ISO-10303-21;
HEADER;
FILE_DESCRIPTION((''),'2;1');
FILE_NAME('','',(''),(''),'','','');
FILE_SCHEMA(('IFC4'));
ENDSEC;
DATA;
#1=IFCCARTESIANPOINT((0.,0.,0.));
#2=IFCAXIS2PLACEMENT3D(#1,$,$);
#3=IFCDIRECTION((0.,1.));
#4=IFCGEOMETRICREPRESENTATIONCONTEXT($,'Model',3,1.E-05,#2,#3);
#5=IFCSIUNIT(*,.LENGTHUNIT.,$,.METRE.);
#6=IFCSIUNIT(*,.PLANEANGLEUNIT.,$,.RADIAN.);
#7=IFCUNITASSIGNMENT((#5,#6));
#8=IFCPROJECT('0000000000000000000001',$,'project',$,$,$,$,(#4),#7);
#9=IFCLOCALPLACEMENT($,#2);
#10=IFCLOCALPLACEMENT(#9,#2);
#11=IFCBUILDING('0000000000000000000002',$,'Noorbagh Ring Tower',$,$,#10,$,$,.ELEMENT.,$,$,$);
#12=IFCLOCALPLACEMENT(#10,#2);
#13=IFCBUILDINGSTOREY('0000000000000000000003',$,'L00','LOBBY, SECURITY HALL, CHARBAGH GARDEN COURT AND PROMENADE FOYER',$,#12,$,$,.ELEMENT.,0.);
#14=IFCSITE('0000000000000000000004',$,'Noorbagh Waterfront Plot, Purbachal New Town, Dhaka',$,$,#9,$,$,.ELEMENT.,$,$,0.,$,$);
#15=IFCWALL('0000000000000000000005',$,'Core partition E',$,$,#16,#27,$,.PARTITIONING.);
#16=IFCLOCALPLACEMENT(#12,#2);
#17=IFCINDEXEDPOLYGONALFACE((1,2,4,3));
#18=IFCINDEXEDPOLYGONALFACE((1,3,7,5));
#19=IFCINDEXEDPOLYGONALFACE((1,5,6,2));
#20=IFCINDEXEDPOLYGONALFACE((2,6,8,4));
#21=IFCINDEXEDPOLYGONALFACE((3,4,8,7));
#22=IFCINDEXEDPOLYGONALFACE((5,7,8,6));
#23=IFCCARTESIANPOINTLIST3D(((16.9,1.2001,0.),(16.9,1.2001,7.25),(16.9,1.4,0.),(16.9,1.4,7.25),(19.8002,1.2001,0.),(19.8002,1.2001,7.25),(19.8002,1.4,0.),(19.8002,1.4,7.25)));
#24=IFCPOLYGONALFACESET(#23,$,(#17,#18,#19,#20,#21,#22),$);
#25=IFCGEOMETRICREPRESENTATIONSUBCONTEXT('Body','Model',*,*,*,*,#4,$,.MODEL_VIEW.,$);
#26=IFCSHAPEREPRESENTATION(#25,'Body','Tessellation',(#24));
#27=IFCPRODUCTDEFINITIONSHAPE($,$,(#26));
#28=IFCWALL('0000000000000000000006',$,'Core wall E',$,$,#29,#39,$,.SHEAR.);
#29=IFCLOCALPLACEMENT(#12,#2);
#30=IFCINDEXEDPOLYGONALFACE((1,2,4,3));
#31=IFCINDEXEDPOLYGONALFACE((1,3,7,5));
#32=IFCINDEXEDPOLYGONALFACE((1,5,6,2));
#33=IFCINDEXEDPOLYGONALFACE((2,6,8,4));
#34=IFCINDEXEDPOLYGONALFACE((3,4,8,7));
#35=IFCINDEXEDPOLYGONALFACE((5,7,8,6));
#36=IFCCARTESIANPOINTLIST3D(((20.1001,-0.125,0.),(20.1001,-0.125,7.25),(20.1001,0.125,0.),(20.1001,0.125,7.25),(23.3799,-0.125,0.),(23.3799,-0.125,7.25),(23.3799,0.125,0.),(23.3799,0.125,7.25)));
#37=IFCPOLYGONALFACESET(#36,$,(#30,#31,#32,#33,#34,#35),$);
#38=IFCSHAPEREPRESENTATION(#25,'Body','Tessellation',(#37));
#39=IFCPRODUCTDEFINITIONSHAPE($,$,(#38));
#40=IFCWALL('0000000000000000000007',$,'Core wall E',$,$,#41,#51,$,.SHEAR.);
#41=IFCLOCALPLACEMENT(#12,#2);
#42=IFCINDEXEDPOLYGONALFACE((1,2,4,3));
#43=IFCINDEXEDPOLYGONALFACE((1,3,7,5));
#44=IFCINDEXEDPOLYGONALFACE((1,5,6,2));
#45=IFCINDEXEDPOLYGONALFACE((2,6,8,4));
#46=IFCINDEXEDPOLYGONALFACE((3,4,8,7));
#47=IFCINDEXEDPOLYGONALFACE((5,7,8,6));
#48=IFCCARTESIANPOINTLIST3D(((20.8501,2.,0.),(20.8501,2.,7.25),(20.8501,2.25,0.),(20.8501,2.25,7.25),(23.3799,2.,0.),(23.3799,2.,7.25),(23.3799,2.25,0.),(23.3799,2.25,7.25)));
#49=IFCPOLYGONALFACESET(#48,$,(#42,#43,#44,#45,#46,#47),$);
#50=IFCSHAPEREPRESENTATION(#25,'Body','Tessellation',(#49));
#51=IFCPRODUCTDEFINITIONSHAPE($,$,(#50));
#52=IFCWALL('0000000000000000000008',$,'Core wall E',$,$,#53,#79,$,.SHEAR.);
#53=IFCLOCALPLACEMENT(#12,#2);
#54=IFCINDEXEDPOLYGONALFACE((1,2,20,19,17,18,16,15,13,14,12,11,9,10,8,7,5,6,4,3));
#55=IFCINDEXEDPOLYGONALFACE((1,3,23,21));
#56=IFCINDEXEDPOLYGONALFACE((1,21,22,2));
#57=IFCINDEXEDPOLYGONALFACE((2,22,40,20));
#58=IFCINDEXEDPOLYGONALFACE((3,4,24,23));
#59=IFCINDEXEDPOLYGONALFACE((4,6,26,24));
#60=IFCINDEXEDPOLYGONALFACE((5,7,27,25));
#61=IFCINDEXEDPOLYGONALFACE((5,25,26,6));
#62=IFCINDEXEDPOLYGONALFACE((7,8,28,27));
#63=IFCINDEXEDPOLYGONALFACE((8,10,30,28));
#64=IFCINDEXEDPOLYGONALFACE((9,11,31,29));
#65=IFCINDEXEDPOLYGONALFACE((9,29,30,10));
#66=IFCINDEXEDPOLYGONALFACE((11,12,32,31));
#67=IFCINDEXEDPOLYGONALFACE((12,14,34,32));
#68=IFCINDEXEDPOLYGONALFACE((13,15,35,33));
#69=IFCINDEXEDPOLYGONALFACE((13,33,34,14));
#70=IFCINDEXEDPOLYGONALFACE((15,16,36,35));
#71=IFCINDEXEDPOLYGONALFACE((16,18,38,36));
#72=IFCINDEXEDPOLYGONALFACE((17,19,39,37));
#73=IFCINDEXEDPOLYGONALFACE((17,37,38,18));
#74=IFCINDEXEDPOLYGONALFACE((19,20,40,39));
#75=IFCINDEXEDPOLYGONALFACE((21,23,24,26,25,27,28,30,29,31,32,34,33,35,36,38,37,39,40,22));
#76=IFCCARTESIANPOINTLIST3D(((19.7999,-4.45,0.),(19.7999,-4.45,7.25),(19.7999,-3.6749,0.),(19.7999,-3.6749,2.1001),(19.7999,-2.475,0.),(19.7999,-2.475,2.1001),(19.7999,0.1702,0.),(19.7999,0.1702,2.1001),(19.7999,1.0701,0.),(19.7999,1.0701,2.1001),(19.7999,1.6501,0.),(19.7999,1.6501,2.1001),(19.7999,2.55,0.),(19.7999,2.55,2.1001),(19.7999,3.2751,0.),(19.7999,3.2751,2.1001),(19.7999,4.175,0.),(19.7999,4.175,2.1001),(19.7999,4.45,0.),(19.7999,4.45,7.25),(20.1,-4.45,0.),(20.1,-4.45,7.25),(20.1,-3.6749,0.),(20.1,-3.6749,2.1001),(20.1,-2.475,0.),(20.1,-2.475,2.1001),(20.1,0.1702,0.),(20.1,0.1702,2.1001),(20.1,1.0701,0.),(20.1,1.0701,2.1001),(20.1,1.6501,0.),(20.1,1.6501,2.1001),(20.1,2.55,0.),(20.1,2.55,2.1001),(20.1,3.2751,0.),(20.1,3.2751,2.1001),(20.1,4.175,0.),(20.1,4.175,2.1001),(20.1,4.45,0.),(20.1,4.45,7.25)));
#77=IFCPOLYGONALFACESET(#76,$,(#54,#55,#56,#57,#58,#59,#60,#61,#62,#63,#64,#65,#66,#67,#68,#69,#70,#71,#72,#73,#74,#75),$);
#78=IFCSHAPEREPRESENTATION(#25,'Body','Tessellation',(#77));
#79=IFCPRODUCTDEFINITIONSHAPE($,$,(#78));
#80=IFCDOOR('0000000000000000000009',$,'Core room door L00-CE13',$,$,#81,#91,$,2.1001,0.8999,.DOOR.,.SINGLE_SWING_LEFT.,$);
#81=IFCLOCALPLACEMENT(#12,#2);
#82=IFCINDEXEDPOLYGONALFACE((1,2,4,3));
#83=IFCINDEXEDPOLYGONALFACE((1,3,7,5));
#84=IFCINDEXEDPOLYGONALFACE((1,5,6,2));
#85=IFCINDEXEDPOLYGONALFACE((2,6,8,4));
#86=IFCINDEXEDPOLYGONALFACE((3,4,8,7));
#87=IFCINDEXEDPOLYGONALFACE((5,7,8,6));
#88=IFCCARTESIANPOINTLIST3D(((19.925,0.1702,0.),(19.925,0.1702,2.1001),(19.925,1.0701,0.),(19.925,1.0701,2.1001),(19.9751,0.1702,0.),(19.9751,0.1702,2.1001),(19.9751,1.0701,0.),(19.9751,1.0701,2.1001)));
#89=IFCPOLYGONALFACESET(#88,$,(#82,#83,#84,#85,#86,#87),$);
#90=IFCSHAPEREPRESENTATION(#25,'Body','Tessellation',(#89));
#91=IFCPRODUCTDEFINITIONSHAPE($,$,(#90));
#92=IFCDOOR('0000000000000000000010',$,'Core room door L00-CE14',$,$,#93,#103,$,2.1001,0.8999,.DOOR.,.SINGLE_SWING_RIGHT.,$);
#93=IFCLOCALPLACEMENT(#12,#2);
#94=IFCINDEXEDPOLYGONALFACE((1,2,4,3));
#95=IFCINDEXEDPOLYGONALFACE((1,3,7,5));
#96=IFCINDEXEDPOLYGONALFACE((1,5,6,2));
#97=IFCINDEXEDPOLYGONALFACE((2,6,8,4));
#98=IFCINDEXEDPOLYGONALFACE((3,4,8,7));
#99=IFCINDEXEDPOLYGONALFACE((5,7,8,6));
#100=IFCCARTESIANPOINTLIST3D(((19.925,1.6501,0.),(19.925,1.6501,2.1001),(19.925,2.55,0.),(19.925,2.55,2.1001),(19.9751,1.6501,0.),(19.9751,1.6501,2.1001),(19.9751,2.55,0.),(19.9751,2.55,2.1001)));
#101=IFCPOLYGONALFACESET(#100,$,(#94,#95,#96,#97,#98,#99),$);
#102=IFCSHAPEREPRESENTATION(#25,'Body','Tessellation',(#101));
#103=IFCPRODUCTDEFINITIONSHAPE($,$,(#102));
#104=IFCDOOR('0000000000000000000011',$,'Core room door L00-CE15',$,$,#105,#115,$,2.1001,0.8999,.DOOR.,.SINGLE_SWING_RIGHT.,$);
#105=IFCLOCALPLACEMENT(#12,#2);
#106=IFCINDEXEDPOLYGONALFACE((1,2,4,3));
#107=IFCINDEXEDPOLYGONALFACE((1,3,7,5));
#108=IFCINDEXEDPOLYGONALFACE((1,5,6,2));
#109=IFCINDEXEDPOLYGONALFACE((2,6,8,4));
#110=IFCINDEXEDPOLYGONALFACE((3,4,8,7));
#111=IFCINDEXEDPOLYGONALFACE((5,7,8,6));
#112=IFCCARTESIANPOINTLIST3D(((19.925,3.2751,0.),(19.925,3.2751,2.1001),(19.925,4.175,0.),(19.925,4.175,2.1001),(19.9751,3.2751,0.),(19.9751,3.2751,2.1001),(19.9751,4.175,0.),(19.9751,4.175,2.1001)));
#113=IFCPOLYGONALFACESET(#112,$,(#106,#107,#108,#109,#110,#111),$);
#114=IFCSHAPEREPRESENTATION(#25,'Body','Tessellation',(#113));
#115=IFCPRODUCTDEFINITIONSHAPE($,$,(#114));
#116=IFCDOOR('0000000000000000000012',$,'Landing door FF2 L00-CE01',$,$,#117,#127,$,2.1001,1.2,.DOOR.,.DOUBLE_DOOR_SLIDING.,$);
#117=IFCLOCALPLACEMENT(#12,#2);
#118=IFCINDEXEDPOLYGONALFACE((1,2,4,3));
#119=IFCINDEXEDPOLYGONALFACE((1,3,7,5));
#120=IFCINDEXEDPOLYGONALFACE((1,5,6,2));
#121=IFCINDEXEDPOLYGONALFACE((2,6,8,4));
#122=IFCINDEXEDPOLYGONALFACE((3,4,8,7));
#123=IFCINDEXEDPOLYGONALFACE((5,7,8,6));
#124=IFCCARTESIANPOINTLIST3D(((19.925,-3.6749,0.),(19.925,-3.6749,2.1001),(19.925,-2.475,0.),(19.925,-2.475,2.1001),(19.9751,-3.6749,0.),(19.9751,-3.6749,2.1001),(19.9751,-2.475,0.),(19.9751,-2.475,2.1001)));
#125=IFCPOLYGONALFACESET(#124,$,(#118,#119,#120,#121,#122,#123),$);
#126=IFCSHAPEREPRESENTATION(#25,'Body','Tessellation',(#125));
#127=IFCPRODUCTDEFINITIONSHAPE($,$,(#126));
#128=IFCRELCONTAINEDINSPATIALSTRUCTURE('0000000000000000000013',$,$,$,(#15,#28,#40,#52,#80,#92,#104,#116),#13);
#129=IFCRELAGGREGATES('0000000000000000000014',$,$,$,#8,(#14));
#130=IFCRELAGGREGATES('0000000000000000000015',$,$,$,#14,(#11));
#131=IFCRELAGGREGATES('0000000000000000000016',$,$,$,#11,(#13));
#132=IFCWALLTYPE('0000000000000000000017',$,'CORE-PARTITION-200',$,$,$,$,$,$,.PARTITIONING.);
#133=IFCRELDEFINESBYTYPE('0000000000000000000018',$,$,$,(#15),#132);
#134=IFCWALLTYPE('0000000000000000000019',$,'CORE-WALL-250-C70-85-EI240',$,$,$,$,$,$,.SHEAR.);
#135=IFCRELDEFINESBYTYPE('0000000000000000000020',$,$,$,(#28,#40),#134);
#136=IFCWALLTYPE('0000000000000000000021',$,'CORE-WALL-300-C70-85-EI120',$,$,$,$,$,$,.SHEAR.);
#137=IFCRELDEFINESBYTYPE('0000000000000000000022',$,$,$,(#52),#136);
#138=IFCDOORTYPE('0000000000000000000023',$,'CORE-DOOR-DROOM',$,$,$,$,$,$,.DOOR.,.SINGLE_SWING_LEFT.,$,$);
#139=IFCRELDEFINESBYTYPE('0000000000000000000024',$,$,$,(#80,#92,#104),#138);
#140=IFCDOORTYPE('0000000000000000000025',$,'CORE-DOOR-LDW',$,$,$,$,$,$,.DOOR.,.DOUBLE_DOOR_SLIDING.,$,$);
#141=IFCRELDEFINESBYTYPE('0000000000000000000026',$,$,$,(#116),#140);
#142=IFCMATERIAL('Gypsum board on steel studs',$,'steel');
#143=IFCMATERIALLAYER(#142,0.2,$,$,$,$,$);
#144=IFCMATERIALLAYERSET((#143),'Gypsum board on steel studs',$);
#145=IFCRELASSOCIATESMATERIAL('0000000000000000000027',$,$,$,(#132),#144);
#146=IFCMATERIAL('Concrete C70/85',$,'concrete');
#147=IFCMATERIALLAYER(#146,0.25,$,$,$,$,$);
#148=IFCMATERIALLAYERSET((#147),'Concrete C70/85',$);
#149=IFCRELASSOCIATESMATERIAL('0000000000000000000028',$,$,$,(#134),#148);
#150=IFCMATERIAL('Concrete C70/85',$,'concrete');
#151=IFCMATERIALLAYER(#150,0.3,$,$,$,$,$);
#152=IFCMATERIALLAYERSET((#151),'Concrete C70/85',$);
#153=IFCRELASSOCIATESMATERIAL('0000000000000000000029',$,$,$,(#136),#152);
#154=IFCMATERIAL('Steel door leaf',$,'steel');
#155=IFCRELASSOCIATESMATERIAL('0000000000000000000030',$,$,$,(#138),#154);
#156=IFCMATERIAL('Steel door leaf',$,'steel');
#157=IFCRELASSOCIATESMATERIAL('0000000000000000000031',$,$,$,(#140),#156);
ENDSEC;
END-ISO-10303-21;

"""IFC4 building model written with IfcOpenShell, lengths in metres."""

from ifc_helpers import new_model, si_unit, direction, frame, frame_2d, origin, place, context, subcontext, project, spatial, rectangle, extrude, material, layer, layer_set, type_object, element, fill, save


model = new_model("IFC4")

# Units and contexts
model_context = context("Model", 3, precision=1e-05, world=origin(), true_north=direction((0.0, 1.0)))
body_context = subcontext(model_context, "Body", "Model", "MODEL_VIEW")
ifc_project = project(units=[si_unit("LENGTHUNIT", "METRE"), si_unit("PLANEANGLEUNIT", "RADIAN")], contexts=[model_context])

# Site, building, storey
site_placement = place(None, origin())
site = spatial("IfcSite", under=ifc_project, at=site_placement, Name="Noorbagh Waterfront Plot, Purbachal New Town, Dhaka", CompositionType="ELEMENT", RefElevation=0.0)
building_placement = place(site_placement, origin())
building = spatial("IfcBuilding", under=site, at=building_placement, Name="Noorbagh Ring Tower", CompositionType="ELEMENT")
storey_placement = place(building_placement, origin())
storey = spatial("IfcBuildingStorey", under=building, at=storey_placement, Name="L00", Description="LOBBY, SECURITY HALL, CHARBAGH GARDEN COURT AND PROMENADE FOYER", CompositionType="ELEMENT", Elevation=0.0)

# Walls
ifc_material_1 = material(Name="Gypsum board on steel studs", Category="steel")
ifc_layer_1 = layer(ifc_material_1, 0.2)
ifc_layer_set_1 = layer_set([ifc_layer_1], Name="Gypsum board on steel studs")
wall_type_1 = type_object("IfcWallType", Name="CORE-PARTITION-200", PredefinedType="PARTITIONING", material=ifc_layer_set_1)
wall_1_placement = place(storey_placement, frame((16.8999, 1.3, 0.0), z_axis=(0.0, 0.0, 1.0), x_axis=(1.0, 0.0, 0.0)))
element("IfcWall", 1, at=wall_1_placement, inside=storey, type_object=wall_type_1, Name="Core partition E", PredefinedType="PARTITIONING", context=body_context, shape_type="SweptSolid", body=[
    extrude(rectangle(XDim=2.9001, YDim=0.2, at=frame_2d((1.4502, 0.0))), origin(), (0.0, 0.0, 1.0), 7.25),
])
ifc_material_2 = material(Name="Concrete C70/85", Category="concrete")
ifc_layer_2 = layer(ifc_material_2, 0.25)
ifc_layer_set_2 = layer_set([ifc_layer_2], Name="Concrete C70/85")
wall_type_2 = type_object("IfcWallType", Name="CORE-WALL-250-C70-85-EI240", PredefinedType="SHEAR", material=ifc_layer_set_2)
wall_2_placement = place(storey_placement, frame((20.1001, 0.0, 0.0), z_axis=(0.0, 0.0, 1.0), x_axis=(1.0, 0.0, 0.0)))
element("IfcWall", 2, at=wall_2_placement, inside=storey, type_object=wall_type_2, Name="Core wall E", PredefinedType="SHEAR", context=body_context, shape_type="SweptSolid", body=[
    extrude(rectangle(XDim=3.2798, YDim=0.25, at=frame_2d((1.6399, 0.0))), origin(), (0.0, 0.0, 1.0), 7.25),
])
wall_3_placement = place(storey_placement, frame((20.8501, 2.125, 0.0), z_axis=(0.0, 0.0, 1.0), x_axis=(1.0, 0.0, 0.0)))
element("IfcWall", 3, at=wall_3_placement, inside=storey, type_object=wall_type_2, Name="Core wall E", PredefinedType="SHEAR", context=body_context, shape_type="SweptSolid", body=[
    extrude(rectangle(XDim=2.5298, YDim=0.25, at=frame_2d((1.2649, 0.0))), origin(), (0.0, 0.0, 1.0), 7.25),
])

# Wall, openings, doors
ifc_material_3 = material(Name="Concrete C70/85", Category="concrete")
ifc_layer_3 = layer(ifc_material_3, 0.3)
ifc_layer_set_3 = layer_set([ifc_layer_3], Name="Concrete C70/85")
wall_type_3 = type_object("IfcWallType", Name="CORE-WALL-300-C70-85-EI120", PredefinedType="SHEAR", material=ifc_layer_set_3)
wall_4_placement = place(storey_placement, frame((19.95, -4.45, 0.0), z_axis=(0.0, 0.0, 1.0), x_axis=(0.0, 1.0, 0.0)))
wall_4 = element("IfcWall", 4, at=wall_4_placement, inside=storey, type_object=wall_type_3, Name="Core wall E", PredefinedType="SHEAR", context=body_context, shape_type="SweptSolid", body=[
    extrude(rectangle(XDim=8.8999, YDim=0.3, at=frame_2d((4.45, 0.0))), origin(), (0.0, 0.0, 1.0), 7.25),
])
opening_1_placement = place(wall_4_placement, frame((0.7749, 0.0, 0.0)))
opening_1 = element("IfcOpeningElement", 5, at=opening_1_placement, cuts=wall_4, PredefinedType="OPENING", context=body_context, shape_type="SweptSolid", body=[
    extrude(rectangle(XDim=1.2, YDim=2.1001, at=frame_2d((0.6001, 1.05))), frame((0.0, 0.1602, 0.0), z_axis=(0.0, -1.0, 0.0), x_axis=(1.0, 0.0, 0.0)), (0.0, 0.0, 1.0), 0.3201),
])
opening_2_placement = place(wall_4_placement, frame((4.6201, 0.0, 0.0)))
opening_2 = element("IfcOpeningElement", 6, at=opening_2_placement, cuts=wall_4, PredefinedType="OPENING", context=body_context, shape_type="SweptSolid", body=[
    extrude(rectangle(XDim=0.8999, YDim=2.1001, at=frame_2d((0.45, 1.05))), frame((0.0, 0.1602, 0.0), z_axis=(0.0, -1.0, 0.0), x_axis=(1.0, 0.0, 0.0)), (0.0, 0.0, 1.0), 0.3201),
])
opening_3_placement = place(wall_4_placement, frame((6.1001, 0.0, 0.0)))
opening_3 = element("IfcOpeningElement", 7, at=opening_3_placement, cuts=wall_4, PredefinedType="OPENING", context=body_context, shape_type="SweptSolid", body=[
    extrude(rectangle(XDim=0.8999, YDim=2.1001, at=frame_2d((0.45, 1.05))), frame((0.0, 0.1602, 0.0), z_axis=(0.0, -1.0, 0.0), x_axis=(1.0, 0.0, 0.0)), (0.0, 0.0, 1.0), 0.3201),
])
opening_4_placement = place(wall_4_placement, frame((7.7251, 0.0, 0.0)))
opening_4 = element("IfcOpeningElement", 8, at=opening_4_placement, cuts=wall_4, PredefinedType="OPENING", context=body_context, shape_type="SweptSolid", body=[
    extrude(rectangle(XDim=0.8999, YDim=2.1001, at=frame_2d((0.45, 1.05))), frame((0.0, 0.1602, 0.0), z_axis=(0.0, -1.0, 0.0), x_axis=(1.0, 0.0, 0.0)), (0.0, 0.0, 1.0), 0.3201),
])
ifc_material_4 = material(Name="Steel door leaf", Category="steel")
door_type_1 = type_object("IfcDoorType", Name="CORE-DOOR-DROOM", OperationType="SINGLE_SWING_LEFT", PredefinedType="DOOR", material=ifc_material_4)
door_1_placement = place(opening_2_placement, origin())
door_1 = element("IfcDoor", 9, at=door_1_placement, inside=storey, type_object=door_type_1, Name="Core room door L00-CE13", OperationType="SINGLE_SWING_LEFT", OverallHeight=2.1001, OverallWidth=0.8999, PredefinedType="DOOR", context=body_context, shape_type="SweptSolid", body=[
    extrude(rectangle(XDim=0.8999, YDim=2.1001, at=frame_2d((0.45, 1.05))), frame((0.0, 0.0249, 0.0), z_axis=(0.0, -1.0, 0.0), x_axis=(1.0, 0.0, 0.0)), (0.0, 0.0, 1.0), 0.05),
])
fill(opening_2, door_1)
door_2_placement = place(opening_3_placement, origin())
door_2 = element("IfcDoor", 10, at=door_2_placement, inside=storey, type_object=door_type_1, Name="Core room door L00-CE14", OperationType="SINGLE_SWING_RIGHT", OverallHeight=2.1001, OverallWidth=0.8999, PredefinedType="DOOR", context=body_context, shape_type="SweptSolid", body=[
    extrude(rectangle(XDim=0.8999, YDim=2.1001, at=frame_2d((0.45, 1.05))), frame((0.0, 0.0249, 0.0), z_axis=(0.0, -1.0, 0.0), x_axis=(1.0, 0.0, 0.0)), (0.0, 0.0, 1.0), 0.05),
])
fill(opening_3, door_2)
door_3_placement = place(opening_4_placement, origin())
door_3 = element("IfcDoor", 11, at=door_3_placement, inside=storey, type_object=door_type_1, Name="Core room door L00-CE15", OperationType="SINGLE_SWING_RIGHT", OverallHeight=2.1001, OverallWidth=0.8999, PredefinedType="DOOR", context=body_context, shape_type="SweptSolid", body=[
    extrude(rectangle(XDim=0.8999, YDim=2.1001, at=frame_2d((0.45, 1.05))), frame((0.0, 0.0249, 0.0), z_axis=(0.0, -1.0, 0.0), x_axis=(1.0, 0.0, 0.0)), (0.0, 0.0, 1.0), 0.05),
])
fill(opening_4, door_3)
ifc_material_5 = material(Name="Steel door leaf", Category="steel")
door_type_2 = type_object("IfcDoorType", Name="CORE-DOOR-LDW", OperationType="DOUBLE_DOOR_SLIDING", PredefinedType="DOOR", material=ifc_material_5)
door_4_placement = place(opening_1_placement, origin())
door_4 = element("IfcDoor", 12, at=door_4_placement, inside=storey, type_object=door_type_2, Name="Landing door FF2 L00-CE01", OperationType="DOUBLE_DOOR_SLIDING", OverallHeight=2.1001, OverallWidth=1.2, PredefinedType="DOOR", context=body_context, shape_type="SweptSolid", body=[
    extrude(rectangle(XDim=1.2, YDim=2.1001, at=frame_2d((0.6001, 1.05))), frame((0.0, 0.0249, 0.0), z_axis=(0.0, -1.0, 0.0), x_axis=(1.0, 0.0, 0.0)), (0.0, 0.0, 1.0), 0.05),
])
fill(opening_1, door_4)

save(model, "model.ifc")
